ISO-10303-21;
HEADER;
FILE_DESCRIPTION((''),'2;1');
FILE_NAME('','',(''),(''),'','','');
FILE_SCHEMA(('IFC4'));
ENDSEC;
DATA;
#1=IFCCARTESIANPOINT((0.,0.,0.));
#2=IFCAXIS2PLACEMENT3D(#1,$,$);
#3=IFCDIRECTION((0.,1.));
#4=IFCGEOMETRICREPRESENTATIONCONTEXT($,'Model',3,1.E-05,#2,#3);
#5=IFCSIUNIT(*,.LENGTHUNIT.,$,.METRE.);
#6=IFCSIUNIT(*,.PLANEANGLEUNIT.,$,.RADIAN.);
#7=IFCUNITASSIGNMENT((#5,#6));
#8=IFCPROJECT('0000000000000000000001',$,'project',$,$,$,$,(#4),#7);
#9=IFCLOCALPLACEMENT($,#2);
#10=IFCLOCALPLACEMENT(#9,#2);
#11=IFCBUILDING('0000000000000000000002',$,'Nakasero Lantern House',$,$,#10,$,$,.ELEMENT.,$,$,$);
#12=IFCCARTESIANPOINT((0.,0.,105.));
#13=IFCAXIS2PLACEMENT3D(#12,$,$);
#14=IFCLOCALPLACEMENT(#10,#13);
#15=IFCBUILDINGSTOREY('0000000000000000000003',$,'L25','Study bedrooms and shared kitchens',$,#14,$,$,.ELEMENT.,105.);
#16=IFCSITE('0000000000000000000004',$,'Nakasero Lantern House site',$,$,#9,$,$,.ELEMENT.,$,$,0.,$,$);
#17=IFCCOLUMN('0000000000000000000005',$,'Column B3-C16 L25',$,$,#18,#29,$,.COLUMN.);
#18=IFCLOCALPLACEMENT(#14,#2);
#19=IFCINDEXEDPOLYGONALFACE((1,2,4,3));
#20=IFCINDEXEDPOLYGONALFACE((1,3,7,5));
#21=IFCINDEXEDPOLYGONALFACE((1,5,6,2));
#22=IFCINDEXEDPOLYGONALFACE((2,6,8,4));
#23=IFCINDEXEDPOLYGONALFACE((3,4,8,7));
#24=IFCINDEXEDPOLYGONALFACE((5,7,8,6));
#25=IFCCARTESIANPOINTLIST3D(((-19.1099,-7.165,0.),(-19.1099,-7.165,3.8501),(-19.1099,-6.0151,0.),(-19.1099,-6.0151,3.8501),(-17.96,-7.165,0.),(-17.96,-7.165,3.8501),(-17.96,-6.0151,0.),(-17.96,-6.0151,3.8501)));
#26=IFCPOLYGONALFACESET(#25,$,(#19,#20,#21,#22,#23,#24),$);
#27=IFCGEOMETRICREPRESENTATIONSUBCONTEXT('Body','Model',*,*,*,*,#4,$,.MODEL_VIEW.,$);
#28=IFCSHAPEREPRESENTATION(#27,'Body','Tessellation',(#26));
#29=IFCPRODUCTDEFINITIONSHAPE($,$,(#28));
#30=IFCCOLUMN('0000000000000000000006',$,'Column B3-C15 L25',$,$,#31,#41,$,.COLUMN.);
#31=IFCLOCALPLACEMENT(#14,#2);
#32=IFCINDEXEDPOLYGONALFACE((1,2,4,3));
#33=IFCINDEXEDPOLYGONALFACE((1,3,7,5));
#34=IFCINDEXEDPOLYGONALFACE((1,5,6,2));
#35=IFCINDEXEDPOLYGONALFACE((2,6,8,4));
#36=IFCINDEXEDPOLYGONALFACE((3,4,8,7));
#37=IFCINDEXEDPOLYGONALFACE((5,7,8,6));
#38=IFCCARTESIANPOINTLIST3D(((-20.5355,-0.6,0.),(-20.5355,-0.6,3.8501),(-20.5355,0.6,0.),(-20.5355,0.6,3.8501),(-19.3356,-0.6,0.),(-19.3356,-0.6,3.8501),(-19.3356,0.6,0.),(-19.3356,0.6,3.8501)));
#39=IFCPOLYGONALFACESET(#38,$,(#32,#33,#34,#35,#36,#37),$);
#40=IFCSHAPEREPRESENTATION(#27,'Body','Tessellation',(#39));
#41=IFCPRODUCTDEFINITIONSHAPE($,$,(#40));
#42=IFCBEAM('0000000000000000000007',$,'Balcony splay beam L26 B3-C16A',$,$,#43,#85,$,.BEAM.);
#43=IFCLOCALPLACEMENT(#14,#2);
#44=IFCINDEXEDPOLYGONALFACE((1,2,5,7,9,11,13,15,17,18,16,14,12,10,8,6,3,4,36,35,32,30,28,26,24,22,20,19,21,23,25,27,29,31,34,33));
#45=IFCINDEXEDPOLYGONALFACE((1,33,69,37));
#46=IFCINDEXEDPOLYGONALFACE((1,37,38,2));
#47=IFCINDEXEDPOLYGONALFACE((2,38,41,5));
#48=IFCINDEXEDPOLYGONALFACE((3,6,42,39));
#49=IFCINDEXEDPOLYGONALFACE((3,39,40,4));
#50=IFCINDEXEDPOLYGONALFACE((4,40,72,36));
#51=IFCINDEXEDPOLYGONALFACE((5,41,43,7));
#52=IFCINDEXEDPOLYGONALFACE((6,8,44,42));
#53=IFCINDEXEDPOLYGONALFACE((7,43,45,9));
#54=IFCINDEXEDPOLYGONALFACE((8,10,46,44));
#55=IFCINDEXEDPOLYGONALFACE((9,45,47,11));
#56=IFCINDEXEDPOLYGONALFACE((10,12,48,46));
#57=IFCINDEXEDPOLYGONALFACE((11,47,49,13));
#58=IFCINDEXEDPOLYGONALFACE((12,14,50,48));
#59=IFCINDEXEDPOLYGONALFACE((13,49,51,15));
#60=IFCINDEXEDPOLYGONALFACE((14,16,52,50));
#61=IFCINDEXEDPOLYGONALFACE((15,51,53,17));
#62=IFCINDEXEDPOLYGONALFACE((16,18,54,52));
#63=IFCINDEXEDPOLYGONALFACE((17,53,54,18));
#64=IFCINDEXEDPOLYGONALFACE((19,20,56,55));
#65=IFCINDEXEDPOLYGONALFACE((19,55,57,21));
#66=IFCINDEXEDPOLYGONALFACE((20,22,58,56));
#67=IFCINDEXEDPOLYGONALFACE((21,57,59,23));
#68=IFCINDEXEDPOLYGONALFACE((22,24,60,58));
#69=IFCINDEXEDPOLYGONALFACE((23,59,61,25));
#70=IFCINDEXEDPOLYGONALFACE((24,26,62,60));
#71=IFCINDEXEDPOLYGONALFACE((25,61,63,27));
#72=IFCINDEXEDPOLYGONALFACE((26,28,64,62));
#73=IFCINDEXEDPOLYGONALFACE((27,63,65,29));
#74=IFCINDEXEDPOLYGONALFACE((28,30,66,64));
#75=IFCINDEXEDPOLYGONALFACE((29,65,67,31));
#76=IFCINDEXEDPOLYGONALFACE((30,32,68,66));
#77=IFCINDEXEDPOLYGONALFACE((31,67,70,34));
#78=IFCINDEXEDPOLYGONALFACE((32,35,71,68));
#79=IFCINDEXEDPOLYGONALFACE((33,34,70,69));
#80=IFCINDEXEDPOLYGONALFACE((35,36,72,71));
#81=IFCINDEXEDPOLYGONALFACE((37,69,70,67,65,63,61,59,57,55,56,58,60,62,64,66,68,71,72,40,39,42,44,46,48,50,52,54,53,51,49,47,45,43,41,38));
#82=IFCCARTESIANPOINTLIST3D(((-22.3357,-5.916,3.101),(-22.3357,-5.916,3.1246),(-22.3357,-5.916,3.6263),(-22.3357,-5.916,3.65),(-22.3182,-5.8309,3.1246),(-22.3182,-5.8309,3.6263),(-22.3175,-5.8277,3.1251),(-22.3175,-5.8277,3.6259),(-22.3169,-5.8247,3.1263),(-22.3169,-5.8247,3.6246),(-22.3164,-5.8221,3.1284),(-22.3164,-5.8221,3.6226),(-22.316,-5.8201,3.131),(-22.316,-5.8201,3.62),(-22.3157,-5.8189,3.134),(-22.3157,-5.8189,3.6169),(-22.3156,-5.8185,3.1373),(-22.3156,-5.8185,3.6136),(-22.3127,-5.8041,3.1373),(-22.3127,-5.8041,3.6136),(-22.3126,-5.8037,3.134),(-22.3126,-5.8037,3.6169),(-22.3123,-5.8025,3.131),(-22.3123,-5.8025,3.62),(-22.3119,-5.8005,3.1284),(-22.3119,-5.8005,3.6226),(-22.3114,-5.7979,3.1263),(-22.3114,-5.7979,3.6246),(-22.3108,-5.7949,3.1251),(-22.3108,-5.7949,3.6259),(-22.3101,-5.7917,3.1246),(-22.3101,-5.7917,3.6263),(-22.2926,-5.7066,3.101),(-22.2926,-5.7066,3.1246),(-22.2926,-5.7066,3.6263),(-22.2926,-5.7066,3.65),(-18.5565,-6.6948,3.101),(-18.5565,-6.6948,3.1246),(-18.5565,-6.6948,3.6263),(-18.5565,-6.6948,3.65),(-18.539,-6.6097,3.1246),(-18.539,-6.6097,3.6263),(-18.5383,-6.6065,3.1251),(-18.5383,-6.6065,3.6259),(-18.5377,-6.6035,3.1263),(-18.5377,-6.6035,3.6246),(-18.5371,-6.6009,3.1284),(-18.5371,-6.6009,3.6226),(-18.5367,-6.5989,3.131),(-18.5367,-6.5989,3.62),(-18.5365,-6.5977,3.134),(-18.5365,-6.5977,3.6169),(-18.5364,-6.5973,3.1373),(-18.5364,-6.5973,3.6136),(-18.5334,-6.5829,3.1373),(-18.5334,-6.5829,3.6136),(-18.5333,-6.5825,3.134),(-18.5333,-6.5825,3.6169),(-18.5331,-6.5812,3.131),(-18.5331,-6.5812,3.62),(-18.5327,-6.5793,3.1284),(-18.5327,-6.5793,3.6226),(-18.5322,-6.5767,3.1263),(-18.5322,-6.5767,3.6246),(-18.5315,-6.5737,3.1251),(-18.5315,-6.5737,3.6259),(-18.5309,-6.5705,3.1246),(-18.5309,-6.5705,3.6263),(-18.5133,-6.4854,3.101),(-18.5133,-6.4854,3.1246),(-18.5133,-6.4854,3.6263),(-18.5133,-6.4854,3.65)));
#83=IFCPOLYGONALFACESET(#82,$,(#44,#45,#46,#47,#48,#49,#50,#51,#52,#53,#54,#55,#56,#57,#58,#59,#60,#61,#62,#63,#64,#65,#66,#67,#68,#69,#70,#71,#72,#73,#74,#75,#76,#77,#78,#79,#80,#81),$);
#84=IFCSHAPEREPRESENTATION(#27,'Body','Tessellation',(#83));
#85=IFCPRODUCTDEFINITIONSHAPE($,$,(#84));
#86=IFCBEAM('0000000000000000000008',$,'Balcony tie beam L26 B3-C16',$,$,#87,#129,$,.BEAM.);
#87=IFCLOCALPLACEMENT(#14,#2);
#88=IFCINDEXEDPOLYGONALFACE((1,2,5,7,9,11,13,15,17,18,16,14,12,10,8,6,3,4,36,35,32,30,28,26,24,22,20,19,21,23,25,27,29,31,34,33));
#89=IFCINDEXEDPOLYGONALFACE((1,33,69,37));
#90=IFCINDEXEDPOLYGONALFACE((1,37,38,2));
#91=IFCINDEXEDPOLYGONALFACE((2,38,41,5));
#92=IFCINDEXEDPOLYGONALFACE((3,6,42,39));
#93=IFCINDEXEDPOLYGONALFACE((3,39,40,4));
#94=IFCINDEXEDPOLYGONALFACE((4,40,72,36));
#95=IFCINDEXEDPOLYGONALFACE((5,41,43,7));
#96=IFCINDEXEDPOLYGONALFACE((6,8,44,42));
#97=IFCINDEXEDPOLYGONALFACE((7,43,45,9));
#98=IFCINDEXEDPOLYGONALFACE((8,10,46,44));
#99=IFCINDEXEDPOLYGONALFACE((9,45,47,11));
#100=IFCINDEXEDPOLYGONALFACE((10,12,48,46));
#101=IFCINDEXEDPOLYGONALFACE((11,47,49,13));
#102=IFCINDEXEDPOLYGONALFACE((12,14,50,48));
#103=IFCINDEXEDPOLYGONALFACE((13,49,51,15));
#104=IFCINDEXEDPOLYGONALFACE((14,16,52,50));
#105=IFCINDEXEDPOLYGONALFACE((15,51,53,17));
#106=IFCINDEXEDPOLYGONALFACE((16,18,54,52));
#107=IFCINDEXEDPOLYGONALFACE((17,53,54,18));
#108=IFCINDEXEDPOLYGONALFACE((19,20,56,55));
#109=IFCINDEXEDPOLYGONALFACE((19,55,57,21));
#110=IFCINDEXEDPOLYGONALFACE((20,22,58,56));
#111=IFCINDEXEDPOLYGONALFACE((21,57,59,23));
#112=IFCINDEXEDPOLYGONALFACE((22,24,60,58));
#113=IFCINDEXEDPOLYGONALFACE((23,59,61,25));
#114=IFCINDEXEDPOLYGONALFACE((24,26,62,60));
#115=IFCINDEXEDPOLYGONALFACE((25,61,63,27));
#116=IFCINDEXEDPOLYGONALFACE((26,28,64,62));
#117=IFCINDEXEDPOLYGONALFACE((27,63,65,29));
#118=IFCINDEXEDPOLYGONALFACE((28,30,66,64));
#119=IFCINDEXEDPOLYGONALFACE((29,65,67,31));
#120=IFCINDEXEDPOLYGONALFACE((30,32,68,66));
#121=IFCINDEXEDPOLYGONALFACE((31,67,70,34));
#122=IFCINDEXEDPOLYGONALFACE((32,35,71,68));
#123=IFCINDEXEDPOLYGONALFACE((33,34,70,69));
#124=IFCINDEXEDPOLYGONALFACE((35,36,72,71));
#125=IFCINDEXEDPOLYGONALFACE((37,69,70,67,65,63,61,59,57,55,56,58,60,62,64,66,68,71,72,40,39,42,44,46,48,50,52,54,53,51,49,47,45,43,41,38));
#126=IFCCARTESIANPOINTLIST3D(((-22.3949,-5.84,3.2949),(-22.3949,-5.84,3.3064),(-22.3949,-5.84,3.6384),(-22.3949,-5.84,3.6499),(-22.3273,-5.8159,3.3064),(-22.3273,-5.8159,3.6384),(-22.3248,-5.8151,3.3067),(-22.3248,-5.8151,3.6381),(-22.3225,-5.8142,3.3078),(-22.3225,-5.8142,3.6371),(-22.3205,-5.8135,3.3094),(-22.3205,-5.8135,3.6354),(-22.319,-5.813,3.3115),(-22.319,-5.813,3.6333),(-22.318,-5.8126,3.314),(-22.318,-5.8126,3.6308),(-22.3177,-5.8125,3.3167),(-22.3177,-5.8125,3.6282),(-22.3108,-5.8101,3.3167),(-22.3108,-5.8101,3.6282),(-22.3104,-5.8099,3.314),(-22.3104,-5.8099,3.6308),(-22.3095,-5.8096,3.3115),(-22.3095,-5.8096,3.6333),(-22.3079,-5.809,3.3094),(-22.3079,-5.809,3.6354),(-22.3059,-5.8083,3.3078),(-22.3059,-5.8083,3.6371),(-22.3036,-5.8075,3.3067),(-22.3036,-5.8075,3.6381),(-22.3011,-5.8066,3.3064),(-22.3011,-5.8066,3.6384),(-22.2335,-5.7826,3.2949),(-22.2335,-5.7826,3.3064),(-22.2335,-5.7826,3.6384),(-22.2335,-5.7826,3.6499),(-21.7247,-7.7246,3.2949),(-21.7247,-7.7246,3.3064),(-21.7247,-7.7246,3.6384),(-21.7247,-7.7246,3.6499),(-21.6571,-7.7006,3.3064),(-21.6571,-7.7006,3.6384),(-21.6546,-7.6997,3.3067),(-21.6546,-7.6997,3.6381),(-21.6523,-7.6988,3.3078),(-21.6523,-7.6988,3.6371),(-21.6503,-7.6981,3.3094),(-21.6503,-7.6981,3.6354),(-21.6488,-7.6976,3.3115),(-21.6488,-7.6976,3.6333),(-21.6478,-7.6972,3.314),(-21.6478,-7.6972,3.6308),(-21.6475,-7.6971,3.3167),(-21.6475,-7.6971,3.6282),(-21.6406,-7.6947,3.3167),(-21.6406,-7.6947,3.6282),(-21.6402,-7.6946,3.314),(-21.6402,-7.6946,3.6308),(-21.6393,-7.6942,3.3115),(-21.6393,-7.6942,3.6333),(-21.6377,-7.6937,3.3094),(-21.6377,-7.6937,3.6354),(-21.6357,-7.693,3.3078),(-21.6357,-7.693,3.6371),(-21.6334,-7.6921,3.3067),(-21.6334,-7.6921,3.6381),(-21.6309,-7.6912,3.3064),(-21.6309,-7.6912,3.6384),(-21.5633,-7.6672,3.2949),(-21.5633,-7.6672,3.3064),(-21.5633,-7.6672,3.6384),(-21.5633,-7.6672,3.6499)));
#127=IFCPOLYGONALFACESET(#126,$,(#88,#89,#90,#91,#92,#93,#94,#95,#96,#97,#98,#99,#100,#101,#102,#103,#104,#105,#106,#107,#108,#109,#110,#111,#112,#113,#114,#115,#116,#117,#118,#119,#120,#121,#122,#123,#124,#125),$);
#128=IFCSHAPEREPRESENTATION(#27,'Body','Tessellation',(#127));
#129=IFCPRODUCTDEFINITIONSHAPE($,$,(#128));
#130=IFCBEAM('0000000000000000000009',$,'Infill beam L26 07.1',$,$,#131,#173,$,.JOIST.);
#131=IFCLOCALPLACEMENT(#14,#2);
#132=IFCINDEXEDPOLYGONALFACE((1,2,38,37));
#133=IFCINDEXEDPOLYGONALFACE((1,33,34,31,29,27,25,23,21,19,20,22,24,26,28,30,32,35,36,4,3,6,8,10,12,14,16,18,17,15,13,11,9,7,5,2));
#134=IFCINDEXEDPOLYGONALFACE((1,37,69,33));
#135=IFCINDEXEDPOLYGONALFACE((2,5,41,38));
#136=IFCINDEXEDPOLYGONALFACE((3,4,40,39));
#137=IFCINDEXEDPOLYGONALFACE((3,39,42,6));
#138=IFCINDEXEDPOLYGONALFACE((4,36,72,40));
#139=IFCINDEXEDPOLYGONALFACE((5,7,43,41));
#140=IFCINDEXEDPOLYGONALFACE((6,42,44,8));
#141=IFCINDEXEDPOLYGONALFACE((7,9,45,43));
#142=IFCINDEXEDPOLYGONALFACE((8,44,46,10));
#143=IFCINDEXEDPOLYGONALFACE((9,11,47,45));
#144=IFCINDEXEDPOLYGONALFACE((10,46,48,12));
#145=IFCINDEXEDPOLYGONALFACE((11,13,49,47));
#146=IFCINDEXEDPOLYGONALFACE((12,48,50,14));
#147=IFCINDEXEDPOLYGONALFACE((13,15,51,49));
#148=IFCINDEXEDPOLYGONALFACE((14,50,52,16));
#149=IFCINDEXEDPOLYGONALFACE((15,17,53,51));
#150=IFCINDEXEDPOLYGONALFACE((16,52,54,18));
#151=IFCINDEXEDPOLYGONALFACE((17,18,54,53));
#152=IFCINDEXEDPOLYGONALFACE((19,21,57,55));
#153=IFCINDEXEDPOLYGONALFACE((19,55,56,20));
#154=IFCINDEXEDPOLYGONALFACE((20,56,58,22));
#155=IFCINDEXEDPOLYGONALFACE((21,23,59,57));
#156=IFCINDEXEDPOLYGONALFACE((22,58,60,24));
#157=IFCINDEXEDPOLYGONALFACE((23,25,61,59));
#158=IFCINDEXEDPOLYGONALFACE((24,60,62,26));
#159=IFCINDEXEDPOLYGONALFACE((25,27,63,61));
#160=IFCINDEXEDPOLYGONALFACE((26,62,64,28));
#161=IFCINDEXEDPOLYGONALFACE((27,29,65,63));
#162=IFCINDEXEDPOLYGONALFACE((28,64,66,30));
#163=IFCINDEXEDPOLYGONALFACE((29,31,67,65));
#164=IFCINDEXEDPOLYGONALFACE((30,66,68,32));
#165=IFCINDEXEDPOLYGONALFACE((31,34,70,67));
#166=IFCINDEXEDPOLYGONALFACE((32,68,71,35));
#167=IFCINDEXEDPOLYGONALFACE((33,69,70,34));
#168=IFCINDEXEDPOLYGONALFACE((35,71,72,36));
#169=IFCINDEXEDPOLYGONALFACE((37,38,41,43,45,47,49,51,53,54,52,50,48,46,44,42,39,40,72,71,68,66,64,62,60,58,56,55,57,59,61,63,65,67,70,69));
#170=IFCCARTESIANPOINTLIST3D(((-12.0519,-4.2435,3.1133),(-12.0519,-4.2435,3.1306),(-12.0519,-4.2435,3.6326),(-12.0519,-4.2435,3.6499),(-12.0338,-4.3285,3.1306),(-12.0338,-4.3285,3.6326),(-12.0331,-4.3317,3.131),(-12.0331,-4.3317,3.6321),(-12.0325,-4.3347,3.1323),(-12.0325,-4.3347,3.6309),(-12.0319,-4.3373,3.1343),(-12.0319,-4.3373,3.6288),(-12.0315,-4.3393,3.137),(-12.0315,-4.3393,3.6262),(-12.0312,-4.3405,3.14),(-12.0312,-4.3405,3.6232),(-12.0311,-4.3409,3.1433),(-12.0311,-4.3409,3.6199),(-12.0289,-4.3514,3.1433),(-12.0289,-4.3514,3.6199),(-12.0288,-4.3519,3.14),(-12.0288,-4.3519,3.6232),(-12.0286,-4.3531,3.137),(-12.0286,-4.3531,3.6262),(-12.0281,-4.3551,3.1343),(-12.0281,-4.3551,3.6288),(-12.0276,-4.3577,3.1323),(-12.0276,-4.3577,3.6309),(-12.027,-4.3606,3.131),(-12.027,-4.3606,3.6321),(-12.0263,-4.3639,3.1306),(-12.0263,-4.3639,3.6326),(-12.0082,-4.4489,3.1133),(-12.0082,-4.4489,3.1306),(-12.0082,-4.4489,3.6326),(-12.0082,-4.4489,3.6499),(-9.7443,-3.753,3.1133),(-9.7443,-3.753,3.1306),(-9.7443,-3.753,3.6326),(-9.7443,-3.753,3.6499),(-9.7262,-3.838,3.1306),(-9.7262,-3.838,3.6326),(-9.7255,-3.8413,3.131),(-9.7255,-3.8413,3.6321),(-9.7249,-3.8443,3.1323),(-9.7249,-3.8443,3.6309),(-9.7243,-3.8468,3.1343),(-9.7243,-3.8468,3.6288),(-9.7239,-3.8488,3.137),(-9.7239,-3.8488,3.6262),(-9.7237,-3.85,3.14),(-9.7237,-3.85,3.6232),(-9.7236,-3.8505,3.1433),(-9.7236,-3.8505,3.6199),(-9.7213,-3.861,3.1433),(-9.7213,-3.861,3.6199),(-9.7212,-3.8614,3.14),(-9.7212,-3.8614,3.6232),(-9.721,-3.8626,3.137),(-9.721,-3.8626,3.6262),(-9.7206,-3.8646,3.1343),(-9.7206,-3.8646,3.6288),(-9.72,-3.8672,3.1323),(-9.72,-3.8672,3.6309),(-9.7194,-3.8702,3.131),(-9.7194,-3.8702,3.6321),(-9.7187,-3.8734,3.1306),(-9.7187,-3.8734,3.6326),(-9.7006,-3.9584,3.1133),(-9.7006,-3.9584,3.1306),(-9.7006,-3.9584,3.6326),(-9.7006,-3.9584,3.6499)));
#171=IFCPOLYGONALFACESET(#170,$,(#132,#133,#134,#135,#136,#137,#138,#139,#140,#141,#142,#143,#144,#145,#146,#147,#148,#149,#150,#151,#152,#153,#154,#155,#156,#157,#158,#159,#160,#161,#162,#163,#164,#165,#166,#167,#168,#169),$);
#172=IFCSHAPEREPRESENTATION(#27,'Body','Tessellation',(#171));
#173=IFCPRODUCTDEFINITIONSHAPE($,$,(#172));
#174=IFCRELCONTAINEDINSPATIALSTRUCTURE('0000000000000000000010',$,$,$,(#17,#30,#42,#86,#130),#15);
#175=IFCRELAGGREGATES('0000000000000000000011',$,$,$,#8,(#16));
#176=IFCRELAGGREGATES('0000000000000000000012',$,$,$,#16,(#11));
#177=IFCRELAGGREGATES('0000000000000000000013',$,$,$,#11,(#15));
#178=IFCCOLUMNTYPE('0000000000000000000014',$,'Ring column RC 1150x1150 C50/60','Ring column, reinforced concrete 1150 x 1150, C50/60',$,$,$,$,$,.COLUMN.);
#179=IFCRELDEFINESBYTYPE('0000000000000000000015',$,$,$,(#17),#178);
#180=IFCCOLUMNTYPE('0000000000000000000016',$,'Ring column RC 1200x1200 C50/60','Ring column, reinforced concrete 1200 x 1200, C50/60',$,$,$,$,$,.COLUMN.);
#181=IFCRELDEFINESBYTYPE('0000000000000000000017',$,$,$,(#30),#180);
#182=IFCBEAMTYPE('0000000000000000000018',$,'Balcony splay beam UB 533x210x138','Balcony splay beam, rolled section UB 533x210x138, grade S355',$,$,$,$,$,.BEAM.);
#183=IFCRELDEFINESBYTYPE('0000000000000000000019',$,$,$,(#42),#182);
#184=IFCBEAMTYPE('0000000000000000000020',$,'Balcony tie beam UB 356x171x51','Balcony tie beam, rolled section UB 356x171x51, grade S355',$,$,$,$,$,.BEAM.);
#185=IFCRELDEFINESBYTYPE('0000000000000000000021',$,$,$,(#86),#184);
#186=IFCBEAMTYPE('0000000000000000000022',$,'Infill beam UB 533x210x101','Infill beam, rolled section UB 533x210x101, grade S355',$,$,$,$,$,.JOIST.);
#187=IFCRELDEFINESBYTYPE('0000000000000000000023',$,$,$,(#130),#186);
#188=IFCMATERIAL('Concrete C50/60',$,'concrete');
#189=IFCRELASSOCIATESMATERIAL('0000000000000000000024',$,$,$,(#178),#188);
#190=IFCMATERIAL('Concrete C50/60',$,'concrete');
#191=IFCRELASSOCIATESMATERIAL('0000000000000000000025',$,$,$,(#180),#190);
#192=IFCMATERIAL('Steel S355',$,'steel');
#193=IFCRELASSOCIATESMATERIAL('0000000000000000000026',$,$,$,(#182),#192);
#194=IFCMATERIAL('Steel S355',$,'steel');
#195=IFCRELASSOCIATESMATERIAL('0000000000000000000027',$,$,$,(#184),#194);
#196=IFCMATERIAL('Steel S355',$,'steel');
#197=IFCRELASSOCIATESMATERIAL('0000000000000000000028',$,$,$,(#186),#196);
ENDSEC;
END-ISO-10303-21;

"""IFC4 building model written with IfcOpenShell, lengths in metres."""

from ifc_helpers import new_model, si_unit, direction, frame, origin, origin_2d, place, context, subcontext, project, spatial, rectangle, i_section, extrude, material, material_profile, profile_set, type_object, element, save


model = new_model("IFC4")

# Units and contexts
model_context = context("Model", 3, precision=1e-05, world=origin(), true_north=direction((0.0, 1.0)))
body_context = subcontext(model_context, "Body", "Model", "MODEL_VIEW")
ifc_project = project(units=[si_unit("LENGTHUNIT", "METRE"), si_unit("PLANEANGLEUNIT", "RADIAN")], contexts=[model_context])

# Site, building, storey
site_placement = place(None, origin())
site = spatial("IfcSite", under=ifc_project, at=site_placement, Name="Nakasero Lantern House site", CompositionType="ELEMENT", RefElevation=0.0)
building_placement = place(site_placement, origin())
building = spatial("IfcBuilding", under=site, at=building_placement, Name="Nakasero Lantern House", CompositionType="ELEMENT")
storey_placement = place(building_placement, frame((0.0, 0.0, 105.0)))
storey = spatial("IfcBuildingStorey", under=building, at=storey_placement, Name="L25", Description="Study bedrooms and shared kitchens", CompositionType="ELEMENT", Elevation=105.0)

# Columns
ifc_material_1 = material(Name="Concrete C50/60", Category="concrete")
ifc_material_profile_1 = material_profile(ifc_material_1, rectangle(XDim=1.1499, YDim=1.1499, at=origin_2d()), Name="RC 1150x1150")
ifc_profile_set_1 = profile_set([ifc_material_profile_1], Name="Concrete C50/60")
column_type_1 = type_object("IfcColumnType", Name="Ring column RC 1150x1150 C50/60", Description="Ring column, reinforced concrete 1150 x 1150, C50/60", PredefinedType="COLUMN", material=ifc_profile_set_1)
column_1_placement = place(storey_placement, frame((-18.5349, -6.5901, 0.0), z_axis=(0.0, 0.0, 1.0), x_axis=(1.0, 0.0, 0.0)))
element("IfcColumn", 1, at=column_1_placement, inside=storey, type_object=column_type_1, Name="Column B3-C16 L25", PredefinedType="COLUMN", context=body_context, shape_type="SweptSolid", body=[
    extrude(rectangle(XDim=1.1499, YDim=1.1499, at=origin_2d()), origin(), (0.0, 0.0, 1.0), 3.8501),
])
ifc_material_2 = material(Name="Concrete C50/60", Category="concrete")
ifc_material_profile_2 = material_profile(ifc_material_2, rectangle(XDim=1.2, YDim=1.2, at=origin_2d()), Name="RC 1200x1200")
ifc_profile_set_2 = profile_set([ifc_material_profile_2], Name="Concrete C50/60")
column_type_2 = type_object("IfcColumnType", Name="Ring column RC 1200x1200 C50/60", Description="Ring column, reinforced concrete 1200 x 1200, C50/60", PredefinedType="COLUMN", material=ifc_profile_set_2)
column_2_placement = place(storey_placement, frame((-19.9355, 0.0, 0.0), z_axis=(0.0, 0.0, 1.0), x_axis=(1.0, 0.0, 0.0)))
element("IfcColumn", 2, at=column_2_placement, inside=storey, type_object=column_type_2, Name="Column B3-C15 L25", PredefinedType="COLUMN", context=body_context, shape_type="SweptSolid", body=[
    extrude(rectangle(XDim=1.2, YDim=1.2, at=origin_2d()), origin(), (0.0, 0.0, 1.0), 3.8501),
])

# Beams
ifc_material_3 = material(Name="Steel S355", Category="steel")
ifc_material_profile_3 = material_profile(ifc_material_3, i_section(OverallWidth=0.2139, OverallDepth=0.5491, WebThickness=0.0146, FlangeThickness=0.0237, FilletRadius=0.0127, at=origin_2d()), Name="UB 533x210x138")
ifc_profile_set_3 = profile_set([ifc_material_profile_3], Name="Steel S355")
beam_type_1 = type_object("IfcBeamType", Name="Balcony splay beam UB 533x210x138", Description="Balcony splay beam, rolled section UB 533x210x138, grade S355", PredefinedType="BEAM", material=ifc_profile_set_3)
beam_1_placement = place(storey_placement, frame((-18.5349, -6.5901, 3.3755), z_axis=(-0.97942, 0.201831, 0.0), x_axis=(-0.201831, -0.97942, 0.0)))
element("IfcBeam", 3, at=beam_1_placement, inside=storey, type_object=beam_type_1, Name="Balcony splay beam L26 B3-C16A", PredefinedType="BEAM", context=body_context, shape_type="SweptSolid", body=[
    extrude(i_section(OverallWidth=0.2139, OverallDepth=0.5491, WebThickness=0.0146, FlangeThickness=0.0237, FilletRadius=0.0127, at=origin_2d()), origin(), (0.0, 0.0, 1.0), 3.8586),
])
ifc_material_4 = material(Name="Steel S355", Category="steel")
ifc_material_profile_4 = material_profile(ifc_material_4, i_section(OverallWidth=0.1714, OverallDepth=0.355, WebThickness=0.0073, FlangeThickness=0.0115, FilletRadius=0.0103, at=origin_2d()), Name="UB 356x171x51")
ifc_profile_set_4 = profile_set([ifc_material_profile_4], Name="Steel S355")
beam_type_2 = type_object("IfcBeamType", Name="Balcony tie beam UB 356x171x51", Description="Balcony tie beam, rolled section UB 356x171x51, grade S355", PredefinedType="BEAM", material=ifc_profile_set_4)
beam_2_placement = place(storey_placement, frame((-22.3142, -5.8113, 3.4724), z_axis=(0.33506, -0.942197, 0.0), x_axis=(0.942197, 0.33506, 0.0)))
element("IfcBeam", 4, at=beam_2_placement, inside=storey, type_object=beam_type_2, Name="Balcony tie beam L26 B3-C16", PredefinedType="BEAM", context=body_context, shape_type="SweptSolid", body=[
    extrude(i_section(OverallWidth=0.1714, OverallDepth=0.355, WebThickness=0.0073, FlangeThickness=0.0115, FilletRadius=0.0103, at=origin_2d()), origin(), (0.0, 0.0, 1.0), 2.0002),
])
ifc_material_5 = material(Name="Steel S355", Category="steel")
ifc_material_profile_5 = material_profile(ifc_material_5, i_section(OverallWidth=0.21, OverallDepth=0.5366, WebThickness=0.0107, FlangeThickness=0.0173, FilletRadius=0.0127, at=origin_2d()), Name="UB 533x210x101")
ifc_profile_set_5 = profile_set([ifc_material_profile_5], Name="Steel S355")
beam_type_3 = type_object("IfcBeamType", Name="Infill beam UB 533x210x101", Description="Infill beam, rolled section UB 533x210x101, grade S355", PredefinedType="JOIST", material=ifc_profile_set_5)
beam_3_placement = place(storey_placement, frame((-12.03, -4.3462, 3.3816), z_axis=(0.978149, 0.207903, 0.0), x_axis=(-0.207903, 0.978149, 0.0)))
element("IfcBeam", 5, at=beam_3_placement, inside=storey, type_object=beam_type_3, Name="Infill beam L26 07.1", PredefinedType="JOIST", context=body_context, shape_type="SweptSolid", body=[
    extrude(i_section(OverallWidth=0.21, OverallDepth=0.5366, WebThickness=0.0107, FlangeThickness=0.0173, FilletRadius=0.0127, at=origin_2d()), origin(), (0.0, 0.0, 1.0), 2.3591),
])

save(model, "model.ifc")
